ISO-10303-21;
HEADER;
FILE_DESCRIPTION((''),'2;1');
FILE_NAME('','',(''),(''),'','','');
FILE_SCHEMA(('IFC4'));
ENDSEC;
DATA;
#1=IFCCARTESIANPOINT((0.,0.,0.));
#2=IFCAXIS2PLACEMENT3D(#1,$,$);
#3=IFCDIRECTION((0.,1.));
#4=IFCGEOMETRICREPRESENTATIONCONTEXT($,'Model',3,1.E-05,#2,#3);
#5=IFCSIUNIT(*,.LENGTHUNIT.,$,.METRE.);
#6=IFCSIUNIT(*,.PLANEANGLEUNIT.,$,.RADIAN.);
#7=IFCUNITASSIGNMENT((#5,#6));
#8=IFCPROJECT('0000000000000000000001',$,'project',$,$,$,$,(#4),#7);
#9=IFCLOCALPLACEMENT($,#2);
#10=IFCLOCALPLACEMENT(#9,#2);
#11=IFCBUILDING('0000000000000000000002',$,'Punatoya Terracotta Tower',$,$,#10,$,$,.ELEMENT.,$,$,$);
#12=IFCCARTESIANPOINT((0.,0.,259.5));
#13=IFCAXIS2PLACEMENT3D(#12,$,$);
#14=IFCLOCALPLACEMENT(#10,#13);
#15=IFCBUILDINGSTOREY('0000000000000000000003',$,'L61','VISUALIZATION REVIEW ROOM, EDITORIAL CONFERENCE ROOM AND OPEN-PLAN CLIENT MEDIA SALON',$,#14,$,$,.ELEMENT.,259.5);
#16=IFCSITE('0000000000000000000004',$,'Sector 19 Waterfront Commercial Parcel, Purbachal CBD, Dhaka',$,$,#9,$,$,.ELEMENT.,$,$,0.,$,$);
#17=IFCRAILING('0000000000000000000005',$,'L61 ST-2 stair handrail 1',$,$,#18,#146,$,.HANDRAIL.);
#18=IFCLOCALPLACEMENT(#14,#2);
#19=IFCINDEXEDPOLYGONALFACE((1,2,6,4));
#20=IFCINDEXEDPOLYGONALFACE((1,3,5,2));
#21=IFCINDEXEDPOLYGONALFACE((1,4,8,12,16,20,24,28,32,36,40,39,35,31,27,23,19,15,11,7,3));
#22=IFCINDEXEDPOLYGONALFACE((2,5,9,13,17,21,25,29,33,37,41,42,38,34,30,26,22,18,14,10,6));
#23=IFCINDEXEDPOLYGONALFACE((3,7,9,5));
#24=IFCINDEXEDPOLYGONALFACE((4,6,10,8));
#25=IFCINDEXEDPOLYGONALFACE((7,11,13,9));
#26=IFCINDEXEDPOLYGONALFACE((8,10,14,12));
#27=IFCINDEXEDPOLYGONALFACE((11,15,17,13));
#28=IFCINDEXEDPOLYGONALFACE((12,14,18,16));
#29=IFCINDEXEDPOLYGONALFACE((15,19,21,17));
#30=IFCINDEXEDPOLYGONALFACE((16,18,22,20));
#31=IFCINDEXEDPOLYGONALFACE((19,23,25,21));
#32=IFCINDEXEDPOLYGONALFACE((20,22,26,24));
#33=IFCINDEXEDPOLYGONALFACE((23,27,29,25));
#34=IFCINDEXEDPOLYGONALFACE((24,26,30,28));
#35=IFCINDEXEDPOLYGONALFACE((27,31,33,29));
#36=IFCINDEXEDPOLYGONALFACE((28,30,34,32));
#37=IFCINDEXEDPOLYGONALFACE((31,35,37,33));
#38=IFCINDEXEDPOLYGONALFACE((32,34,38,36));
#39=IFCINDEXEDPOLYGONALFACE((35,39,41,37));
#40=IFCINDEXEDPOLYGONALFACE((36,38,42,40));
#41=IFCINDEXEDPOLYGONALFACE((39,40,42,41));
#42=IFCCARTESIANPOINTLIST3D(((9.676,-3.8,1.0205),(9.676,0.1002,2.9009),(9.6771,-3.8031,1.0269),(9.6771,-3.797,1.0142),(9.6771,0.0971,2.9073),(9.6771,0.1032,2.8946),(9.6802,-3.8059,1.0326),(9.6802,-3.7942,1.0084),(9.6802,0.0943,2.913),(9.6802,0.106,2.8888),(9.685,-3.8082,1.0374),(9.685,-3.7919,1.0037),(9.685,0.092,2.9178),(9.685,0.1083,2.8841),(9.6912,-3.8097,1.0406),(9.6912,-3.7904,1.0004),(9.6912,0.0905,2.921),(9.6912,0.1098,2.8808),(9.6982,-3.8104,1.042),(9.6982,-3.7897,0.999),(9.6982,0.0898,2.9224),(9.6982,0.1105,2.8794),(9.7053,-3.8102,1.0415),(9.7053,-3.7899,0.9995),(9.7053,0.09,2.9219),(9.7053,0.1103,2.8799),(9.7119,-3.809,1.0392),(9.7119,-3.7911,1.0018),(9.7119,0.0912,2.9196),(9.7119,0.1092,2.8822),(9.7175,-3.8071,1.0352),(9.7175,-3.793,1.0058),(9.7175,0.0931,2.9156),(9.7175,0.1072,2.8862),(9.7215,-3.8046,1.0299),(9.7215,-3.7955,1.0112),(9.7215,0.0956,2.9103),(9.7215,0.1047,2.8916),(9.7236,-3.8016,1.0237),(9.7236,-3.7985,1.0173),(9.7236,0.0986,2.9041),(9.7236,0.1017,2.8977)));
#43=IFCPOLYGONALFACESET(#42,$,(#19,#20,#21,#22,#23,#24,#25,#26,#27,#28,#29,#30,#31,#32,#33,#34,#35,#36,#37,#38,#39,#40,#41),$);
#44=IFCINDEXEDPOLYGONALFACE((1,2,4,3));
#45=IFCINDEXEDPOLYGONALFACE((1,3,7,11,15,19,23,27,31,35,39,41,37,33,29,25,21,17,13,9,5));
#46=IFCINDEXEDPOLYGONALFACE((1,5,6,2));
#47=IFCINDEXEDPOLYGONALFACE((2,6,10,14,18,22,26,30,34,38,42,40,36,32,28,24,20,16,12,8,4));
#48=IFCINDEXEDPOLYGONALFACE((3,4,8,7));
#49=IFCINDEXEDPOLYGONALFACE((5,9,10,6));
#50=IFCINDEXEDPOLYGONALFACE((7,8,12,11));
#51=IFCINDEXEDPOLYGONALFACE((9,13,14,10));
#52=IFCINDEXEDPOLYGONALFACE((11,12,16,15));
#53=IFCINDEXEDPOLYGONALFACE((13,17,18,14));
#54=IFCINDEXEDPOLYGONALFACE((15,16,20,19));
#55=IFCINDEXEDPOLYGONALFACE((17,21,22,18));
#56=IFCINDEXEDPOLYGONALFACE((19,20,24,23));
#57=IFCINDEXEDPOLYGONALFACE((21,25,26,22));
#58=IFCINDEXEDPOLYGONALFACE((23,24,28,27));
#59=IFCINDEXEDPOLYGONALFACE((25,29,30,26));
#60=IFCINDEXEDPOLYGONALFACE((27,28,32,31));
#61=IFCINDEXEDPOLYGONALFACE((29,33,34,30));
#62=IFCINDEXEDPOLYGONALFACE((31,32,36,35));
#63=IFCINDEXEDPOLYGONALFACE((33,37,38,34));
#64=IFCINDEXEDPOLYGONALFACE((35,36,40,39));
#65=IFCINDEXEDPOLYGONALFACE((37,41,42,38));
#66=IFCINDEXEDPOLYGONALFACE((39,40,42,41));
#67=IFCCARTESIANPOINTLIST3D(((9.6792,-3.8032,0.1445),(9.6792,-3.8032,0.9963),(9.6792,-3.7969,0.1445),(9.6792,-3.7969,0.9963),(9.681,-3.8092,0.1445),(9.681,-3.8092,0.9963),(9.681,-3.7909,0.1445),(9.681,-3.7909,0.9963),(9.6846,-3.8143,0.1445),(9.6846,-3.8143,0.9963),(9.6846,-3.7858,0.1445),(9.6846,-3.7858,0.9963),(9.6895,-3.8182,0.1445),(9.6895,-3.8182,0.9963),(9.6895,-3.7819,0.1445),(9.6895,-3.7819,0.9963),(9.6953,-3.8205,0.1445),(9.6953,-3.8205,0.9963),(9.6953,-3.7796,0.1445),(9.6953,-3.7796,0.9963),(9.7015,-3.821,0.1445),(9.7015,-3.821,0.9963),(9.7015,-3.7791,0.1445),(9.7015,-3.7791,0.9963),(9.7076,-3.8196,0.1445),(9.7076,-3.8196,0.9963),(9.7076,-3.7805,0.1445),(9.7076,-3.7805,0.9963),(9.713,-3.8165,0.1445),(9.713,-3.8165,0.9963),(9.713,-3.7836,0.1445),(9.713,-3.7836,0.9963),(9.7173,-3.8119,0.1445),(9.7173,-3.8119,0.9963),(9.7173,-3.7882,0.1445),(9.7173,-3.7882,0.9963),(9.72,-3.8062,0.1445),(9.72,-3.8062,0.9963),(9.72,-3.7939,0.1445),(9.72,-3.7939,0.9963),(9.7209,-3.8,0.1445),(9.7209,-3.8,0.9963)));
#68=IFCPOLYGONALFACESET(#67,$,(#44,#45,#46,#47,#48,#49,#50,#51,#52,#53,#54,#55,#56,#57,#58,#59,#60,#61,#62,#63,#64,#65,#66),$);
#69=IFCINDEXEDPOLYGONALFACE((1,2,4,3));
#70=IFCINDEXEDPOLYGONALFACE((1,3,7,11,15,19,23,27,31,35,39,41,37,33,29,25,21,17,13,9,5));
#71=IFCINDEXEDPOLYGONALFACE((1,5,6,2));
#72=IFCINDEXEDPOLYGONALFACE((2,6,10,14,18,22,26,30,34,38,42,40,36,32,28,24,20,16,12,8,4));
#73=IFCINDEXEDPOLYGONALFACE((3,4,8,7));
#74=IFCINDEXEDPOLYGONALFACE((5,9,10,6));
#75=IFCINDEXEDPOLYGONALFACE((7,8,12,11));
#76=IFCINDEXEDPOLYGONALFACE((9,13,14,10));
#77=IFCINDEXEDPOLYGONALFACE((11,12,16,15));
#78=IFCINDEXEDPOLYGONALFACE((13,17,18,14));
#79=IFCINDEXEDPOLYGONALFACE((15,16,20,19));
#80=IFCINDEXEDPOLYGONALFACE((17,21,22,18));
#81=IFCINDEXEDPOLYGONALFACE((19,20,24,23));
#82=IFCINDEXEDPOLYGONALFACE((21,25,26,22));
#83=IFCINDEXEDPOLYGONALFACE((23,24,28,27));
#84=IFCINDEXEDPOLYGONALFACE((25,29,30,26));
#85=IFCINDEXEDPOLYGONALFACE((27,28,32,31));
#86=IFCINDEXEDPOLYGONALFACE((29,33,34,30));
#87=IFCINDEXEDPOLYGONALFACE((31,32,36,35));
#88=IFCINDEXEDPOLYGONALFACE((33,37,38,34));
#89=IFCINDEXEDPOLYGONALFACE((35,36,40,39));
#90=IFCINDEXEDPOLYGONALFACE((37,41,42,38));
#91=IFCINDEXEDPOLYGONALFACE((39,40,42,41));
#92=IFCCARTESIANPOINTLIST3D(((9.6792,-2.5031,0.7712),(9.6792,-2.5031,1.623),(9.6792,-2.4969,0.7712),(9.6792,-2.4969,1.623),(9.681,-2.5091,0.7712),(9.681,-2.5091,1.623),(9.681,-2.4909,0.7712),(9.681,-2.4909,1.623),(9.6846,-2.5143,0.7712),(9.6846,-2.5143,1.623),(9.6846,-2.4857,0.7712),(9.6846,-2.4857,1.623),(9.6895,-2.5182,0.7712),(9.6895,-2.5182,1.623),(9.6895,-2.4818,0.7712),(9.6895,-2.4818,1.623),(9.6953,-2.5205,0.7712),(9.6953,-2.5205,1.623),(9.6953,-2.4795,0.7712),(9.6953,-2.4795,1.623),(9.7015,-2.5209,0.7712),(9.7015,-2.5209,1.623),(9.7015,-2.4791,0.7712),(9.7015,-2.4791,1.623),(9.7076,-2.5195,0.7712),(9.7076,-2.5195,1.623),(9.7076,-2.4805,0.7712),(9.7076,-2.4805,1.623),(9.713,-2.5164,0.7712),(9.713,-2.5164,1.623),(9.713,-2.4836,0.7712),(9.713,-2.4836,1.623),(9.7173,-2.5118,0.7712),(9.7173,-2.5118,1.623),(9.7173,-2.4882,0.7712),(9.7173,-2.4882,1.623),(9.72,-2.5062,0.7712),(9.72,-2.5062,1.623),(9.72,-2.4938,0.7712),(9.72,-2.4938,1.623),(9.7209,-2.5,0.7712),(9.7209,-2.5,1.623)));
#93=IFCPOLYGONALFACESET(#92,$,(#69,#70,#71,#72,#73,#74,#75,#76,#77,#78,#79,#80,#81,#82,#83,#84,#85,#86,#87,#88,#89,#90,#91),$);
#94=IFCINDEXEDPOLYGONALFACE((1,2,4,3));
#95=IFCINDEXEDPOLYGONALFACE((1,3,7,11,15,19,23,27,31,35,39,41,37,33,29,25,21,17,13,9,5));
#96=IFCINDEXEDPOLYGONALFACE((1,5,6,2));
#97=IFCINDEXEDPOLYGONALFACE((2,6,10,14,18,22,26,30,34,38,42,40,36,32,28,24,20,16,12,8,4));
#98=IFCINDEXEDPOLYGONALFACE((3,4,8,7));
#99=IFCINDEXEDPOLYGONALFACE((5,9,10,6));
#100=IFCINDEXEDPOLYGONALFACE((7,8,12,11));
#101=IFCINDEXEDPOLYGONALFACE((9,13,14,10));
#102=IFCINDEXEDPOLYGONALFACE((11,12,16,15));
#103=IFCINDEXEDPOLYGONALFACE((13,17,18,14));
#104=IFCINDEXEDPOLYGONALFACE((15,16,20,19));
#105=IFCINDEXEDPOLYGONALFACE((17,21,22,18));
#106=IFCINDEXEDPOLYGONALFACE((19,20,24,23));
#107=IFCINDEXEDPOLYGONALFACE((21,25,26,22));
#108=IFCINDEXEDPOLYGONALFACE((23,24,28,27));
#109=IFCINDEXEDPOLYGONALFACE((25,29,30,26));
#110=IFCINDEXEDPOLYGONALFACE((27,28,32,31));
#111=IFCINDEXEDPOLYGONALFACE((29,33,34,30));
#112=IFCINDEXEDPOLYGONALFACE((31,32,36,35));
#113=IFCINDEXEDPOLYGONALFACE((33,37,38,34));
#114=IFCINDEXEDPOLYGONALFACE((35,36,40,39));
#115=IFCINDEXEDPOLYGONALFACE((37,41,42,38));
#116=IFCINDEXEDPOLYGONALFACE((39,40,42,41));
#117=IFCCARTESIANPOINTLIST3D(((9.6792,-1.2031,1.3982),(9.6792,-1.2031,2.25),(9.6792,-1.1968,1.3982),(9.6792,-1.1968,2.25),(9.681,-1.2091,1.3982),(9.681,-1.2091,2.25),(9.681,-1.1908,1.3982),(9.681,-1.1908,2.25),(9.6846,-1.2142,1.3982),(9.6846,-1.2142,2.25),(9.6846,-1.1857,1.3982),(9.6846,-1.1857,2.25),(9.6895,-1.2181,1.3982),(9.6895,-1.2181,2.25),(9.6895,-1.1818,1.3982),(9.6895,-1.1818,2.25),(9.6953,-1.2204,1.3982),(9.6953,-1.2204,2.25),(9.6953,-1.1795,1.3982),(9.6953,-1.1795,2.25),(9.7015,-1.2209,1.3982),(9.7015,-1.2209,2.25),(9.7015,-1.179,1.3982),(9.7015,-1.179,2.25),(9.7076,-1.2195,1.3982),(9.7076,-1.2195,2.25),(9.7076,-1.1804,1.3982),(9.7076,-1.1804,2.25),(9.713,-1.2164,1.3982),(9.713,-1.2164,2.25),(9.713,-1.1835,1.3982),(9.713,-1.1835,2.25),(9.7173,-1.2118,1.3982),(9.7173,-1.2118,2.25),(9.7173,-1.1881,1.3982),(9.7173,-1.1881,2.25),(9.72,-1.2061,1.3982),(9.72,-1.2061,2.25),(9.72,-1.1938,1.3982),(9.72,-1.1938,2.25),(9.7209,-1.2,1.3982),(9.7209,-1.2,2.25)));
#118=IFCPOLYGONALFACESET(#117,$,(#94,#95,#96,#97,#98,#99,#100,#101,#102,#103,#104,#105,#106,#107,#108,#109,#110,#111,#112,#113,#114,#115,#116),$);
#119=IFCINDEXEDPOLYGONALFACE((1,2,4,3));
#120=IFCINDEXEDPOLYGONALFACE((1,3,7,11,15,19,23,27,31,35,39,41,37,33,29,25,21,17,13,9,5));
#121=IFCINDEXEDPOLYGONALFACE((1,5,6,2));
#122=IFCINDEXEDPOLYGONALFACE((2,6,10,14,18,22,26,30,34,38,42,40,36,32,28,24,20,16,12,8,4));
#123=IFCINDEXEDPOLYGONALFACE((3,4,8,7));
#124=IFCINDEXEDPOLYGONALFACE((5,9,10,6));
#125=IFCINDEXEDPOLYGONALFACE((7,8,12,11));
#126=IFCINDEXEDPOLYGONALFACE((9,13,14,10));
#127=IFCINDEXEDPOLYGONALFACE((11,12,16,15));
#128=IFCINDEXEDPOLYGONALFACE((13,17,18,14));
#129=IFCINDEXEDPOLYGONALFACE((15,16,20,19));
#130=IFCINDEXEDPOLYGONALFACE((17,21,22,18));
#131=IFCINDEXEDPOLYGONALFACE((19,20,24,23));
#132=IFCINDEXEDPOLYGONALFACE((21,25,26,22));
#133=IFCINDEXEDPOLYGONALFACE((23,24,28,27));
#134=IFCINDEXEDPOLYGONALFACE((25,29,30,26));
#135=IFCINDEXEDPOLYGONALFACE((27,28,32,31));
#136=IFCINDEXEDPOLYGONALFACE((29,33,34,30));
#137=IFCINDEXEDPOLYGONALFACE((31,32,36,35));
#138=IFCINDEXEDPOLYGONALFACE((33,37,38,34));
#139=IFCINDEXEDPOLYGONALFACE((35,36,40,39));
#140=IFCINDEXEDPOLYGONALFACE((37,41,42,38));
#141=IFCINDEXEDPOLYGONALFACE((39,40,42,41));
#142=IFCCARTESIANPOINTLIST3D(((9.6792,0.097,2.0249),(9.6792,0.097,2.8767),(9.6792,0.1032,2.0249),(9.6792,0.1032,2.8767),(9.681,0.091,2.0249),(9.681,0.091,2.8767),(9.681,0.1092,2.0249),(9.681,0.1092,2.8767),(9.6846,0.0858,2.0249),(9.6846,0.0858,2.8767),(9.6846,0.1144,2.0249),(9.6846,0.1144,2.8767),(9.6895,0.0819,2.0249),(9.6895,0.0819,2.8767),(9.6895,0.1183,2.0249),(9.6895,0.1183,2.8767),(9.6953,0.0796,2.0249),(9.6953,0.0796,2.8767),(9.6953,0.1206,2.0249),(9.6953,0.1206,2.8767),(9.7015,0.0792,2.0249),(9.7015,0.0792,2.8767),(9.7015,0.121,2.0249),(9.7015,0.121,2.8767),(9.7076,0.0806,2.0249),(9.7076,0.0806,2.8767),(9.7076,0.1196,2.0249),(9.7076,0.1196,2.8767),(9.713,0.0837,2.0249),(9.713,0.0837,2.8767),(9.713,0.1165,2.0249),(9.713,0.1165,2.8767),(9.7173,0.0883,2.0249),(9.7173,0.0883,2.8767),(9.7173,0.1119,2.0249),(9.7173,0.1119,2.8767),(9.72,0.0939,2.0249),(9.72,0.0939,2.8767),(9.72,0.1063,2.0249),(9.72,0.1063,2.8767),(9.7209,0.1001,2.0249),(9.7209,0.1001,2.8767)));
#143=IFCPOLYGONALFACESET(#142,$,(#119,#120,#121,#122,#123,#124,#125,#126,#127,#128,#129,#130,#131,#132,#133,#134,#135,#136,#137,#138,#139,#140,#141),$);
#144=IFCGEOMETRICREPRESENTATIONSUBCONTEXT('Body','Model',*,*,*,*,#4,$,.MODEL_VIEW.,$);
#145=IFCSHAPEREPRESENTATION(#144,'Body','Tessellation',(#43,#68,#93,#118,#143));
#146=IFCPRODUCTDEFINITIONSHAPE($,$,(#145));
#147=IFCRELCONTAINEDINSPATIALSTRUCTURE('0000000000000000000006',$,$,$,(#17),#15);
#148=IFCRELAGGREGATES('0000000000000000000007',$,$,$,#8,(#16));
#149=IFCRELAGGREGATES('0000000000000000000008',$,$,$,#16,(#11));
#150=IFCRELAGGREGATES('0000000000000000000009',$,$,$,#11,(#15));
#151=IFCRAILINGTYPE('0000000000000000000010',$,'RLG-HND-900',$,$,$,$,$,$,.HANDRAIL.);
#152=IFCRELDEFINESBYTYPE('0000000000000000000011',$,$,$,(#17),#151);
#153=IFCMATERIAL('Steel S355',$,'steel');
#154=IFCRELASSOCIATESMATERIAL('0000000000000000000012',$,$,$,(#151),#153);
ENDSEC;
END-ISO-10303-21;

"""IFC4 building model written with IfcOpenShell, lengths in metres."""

from ifc_helpers import new_model, si_unit, direction, frame, origin, origin_2d, place, context, subcontext, project, spatial, circle, extrude, material, type_object, element, save


model = new_model("IFC4")

# Units and contexts
model_context = context("Model", 3, precision=1e-05, world=origin(), true_north=direction((0.0, 1.0)))
body_context = subcontext(model_context, "Body", "Model", "MODEL_VIEW")
ifc_project = project(units=[si_unit("LENGTHUNIT", "METRE"), si_unit("PLANEANGLEUNIT", "RADIAN")], contexts=[model_context])

# Site, building, storey
site_placement = place(None, origin())
site = spatial("IfcSite", under=ifc_project, at=site_placement, Name="Sector 19 Waterfront Commercial Parcel, Purbachal CBD, Dhaka", CompositionType="ELEMENT", RefElevation=0.0)
building_placement = place(site_placement, origin())
building = spatial("IfcBuilding", under=site, at=building_placement, Name="Punatoya Terracotta Tower", CompositionType="ELEMENT")
storey_placement = place(building_placement, frame((0.0, 0.0, 259.5)))
storey = spatial("IfcBuildingStorey", under=building, at=storey_placement, Name="L61", Description="VISUALIZATION REVIEW ROOM, EDITORIAL CONFERENCE ROOM AND OPEN-PLAN CLIENT MEDIA SALON", CompositionType="ELEMENT", Elevation=259.5)

# Shared definitions
ifc_material_1 = material(Name="Steel S355", Category="steel")

# Railing
railing_type_1 = type_object("IfcRailingType", Name="RLG-HND-900", PredefinedType="HANDRAIL", material=ifc_material_1)
railing_1_placement = place(storey_placement, frame((9.7, -3.8, 0.1445)))
element("IfcRailing", 1, at=railing_1_placement, inside=storey, type_object=railing_type_1, Name="L61 ST-2 stair handrail 1", PredefinedType="HANDRAIL", context=body_context, shape_type="SweptSolid", body=[
    extrude(circle(Radius=0.0239, at=origin_2d()), frame((0.0, 0.0, 0.876), z_axis=(0.0, 0.900774, 0.434289), x_axis=(-1.0, 0.0, 0.0)), (0.0, 0.0, 1.0), 4.3298),
    extrude(circle(Radius=0.021, at=origin_2d()), origin(), (0.0, 0.0, 1.0), 0.8518),
    extrude(circle(Radius=0.021, at=origin_2d()), frame((0.0, 1.3, 0.6267)), (0.0, 0.0, 1.0), 0.8518),
    extrude(circle(Radius=0.021, at=origin_2d()), frame((0.0, 2.6001, 1.2537)), (0.0, 0.0, 1.0), 0.8518),
    extrude(circle(Radius=0.021, at=origin_2d()), frame((0.0, 3.9001, 1.8804)), (0.0, 0.0, 1.0), 0.8518),
])

save(model, "model.ifc")
